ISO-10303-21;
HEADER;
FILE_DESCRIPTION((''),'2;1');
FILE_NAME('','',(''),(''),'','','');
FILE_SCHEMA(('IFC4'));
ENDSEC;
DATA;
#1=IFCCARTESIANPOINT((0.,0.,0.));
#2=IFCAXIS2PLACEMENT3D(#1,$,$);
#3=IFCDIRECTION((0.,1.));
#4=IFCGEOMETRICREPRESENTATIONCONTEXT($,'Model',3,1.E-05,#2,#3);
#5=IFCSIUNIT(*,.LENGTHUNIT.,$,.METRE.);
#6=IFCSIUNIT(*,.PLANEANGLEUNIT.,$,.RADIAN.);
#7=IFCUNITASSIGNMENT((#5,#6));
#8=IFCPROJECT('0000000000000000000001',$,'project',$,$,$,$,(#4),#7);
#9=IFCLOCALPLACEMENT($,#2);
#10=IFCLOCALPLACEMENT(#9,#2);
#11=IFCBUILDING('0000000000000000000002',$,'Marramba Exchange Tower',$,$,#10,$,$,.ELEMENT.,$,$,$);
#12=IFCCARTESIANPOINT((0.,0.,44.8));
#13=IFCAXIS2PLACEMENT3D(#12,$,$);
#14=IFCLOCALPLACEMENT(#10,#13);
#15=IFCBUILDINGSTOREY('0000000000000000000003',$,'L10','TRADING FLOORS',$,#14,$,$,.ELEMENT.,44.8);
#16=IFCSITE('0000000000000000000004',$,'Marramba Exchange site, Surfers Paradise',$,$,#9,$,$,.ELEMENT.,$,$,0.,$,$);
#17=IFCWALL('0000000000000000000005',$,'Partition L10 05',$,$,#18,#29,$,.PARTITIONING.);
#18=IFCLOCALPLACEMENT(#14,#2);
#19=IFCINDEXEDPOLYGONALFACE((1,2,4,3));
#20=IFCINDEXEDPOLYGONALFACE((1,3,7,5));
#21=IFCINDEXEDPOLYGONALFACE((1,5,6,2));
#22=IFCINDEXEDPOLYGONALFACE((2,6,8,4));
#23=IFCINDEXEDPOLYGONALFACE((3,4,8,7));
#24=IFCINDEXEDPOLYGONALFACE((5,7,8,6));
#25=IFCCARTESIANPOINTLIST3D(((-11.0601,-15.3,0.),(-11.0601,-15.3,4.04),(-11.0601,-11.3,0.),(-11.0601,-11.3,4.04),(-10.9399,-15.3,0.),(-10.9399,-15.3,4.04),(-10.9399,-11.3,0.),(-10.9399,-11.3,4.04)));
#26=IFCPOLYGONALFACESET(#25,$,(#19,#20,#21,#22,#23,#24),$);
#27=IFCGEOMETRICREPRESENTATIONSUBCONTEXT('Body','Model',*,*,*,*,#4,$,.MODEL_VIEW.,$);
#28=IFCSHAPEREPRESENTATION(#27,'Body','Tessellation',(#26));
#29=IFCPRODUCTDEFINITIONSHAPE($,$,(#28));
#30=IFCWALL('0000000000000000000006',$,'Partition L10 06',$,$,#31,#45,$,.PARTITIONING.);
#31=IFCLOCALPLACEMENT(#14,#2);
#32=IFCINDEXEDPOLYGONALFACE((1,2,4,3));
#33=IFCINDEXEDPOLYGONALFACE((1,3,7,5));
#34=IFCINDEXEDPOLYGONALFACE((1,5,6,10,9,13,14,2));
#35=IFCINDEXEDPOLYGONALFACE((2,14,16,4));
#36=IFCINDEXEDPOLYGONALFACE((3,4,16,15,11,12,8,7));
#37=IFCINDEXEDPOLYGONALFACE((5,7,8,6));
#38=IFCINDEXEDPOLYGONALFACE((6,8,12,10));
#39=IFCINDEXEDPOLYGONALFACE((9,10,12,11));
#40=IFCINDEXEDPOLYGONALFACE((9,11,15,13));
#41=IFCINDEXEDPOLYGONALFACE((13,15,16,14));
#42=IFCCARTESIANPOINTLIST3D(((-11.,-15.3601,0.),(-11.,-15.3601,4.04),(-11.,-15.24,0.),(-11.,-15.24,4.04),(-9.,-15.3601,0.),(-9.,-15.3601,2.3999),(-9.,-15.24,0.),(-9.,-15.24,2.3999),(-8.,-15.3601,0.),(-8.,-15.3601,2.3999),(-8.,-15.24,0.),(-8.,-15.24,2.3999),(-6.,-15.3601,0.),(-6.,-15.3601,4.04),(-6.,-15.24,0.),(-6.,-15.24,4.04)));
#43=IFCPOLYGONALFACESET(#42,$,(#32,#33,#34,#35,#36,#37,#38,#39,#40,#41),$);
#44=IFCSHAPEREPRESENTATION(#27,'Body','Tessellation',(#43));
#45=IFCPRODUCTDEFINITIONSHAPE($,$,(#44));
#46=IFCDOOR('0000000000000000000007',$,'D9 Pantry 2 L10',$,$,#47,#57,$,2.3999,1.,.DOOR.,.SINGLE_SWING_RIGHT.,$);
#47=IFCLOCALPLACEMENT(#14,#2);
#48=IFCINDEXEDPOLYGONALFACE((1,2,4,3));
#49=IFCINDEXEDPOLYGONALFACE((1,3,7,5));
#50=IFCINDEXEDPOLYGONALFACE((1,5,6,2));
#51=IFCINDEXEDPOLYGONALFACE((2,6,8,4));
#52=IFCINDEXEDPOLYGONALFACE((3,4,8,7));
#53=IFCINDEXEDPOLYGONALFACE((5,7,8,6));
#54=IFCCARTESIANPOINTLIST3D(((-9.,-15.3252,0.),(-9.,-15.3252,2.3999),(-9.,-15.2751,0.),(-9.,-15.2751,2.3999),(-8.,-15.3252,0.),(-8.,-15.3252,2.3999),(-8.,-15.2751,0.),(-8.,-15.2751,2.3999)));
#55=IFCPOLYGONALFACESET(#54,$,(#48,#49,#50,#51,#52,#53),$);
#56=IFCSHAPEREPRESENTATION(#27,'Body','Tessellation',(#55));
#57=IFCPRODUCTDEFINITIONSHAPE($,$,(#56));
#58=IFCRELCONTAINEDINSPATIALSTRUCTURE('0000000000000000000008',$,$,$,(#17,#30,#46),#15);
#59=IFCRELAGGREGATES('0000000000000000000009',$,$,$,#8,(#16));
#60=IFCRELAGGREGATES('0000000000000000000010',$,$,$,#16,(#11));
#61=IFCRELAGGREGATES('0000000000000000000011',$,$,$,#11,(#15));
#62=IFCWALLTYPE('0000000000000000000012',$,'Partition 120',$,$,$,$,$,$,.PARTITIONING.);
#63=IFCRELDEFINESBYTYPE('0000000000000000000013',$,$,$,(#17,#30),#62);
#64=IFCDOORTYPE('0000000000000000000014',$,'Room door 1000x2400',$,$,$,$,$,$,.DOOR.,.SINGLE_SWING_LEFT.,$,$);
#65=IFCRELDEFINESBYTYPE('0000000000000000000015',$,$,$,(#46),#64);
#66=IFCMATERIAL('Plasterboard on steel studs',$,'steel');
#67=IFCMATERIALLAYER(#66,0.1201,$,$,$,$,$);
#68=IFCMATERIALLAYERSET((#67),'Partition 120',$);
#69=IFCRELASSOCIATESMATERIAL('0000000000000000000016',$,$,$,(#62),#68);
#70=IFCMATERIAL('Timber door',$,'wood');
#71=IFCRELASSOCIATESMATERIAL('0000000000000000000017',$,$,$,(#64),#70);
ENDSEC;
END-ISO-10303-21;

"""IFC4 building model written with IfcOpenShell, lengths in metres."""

from ifc_helpers import new_model, si_unit, direction, frame, frame_2d, origin, place, context, subcontext, project, spatial, rectangle, extrude, material, layer, layer_set, type_object, element, fill, save


model = new_model("IFC4")

# Units and contexts
model_context = context("Model", 3, precision=1e-05, world=origin(), true_north=direction((0.0, 1.0)))
body_context = subcontext(model_context, "Body", "Model", "MODEL_VIEW")
ifc_project = project(units=[si_unit("LENGTHUNIT", "METRE"), si_unit("PLANEANGLEUNIT", "RADIAN")], contexts=[model_context])

# Site, building, storey
site_placement = place(None, origin())
site = spatial("IfcSite", under=ifc_project, at=site_placement, Name="Marramba Exchange site, Surfers Paradise", CompositionType="ELEMENT", RefElevation=0.0)
building_placement = place(site_placement, origin())
building = spatial("IfcBuilding", under=site, at=building_placement, Name="Marramba Exchange Tower", CompositionType="ELEMENT")
storey_placement = place(building_placement, frame((0.0, 0.0, 44.8)))
storey = spatial("IfcBuildingStorey", under=building, at=storey_placement, Name="L10", Description="TRADING FLOORS", CompositionType="ELEMENT", Elevation=44.8)

# Wall
ifc_material_1 = material(Name="Plasterboard on steel studs", Category="steel")
ifc_layer_1 = layer(ifc_material_1, 0.1201)
ifc_layer_set_1 = layer_set([ifc_layer_1], Name="Partition 120")
wall_type_1 = type_object("IfcWallType", Name="Partition 120", PredefinedType="PARTITIONING", material=ifc_layer_set_1)
wall_1_placement = place(storey_placement, frame((-11.0, -11.3, 0.0), z_axis=(0.0, 0.0, 1.0), x_axis=(0.0, -1.0, 0.0)))
element("IfcWall", 1, at=wall_1_placement, inside=storey, type_object=wall_type_1, Name="Partition L10 05", PredefinedType="PARTITIONING", context=body_context, shape_type="SweptSolid", body=[
    extrude(rectangle(XDim=4.0, YDim=0.1201, at=frame_2d((2.0, 0.0))), origin(), (0.0, 0.0, 1.0), 4.04),
])

# Wall, opening, door
wall_2_placement = place(storey_placement, frame((-11.0, -15.3, 0.0), z_axis=(0.0, 0.0, 1.0), x_axis=(1.0, 0.0, 0.0)))
wall_2 = element("IfcWall", 2, at=wall_2_placement, inside=storey, type_object=wall_type_1, Name="Partition L10 06", PredefinedType="PARTITIONING", context=body_context, shape_type="SweptSolid", body=[
    extrude(rectangle(XDim=5.0, YDim=0.1201, at=frame_2d((2.5, 0.0))), origin(), (0.0, 0.0, 1.0), 4.04),
])
opening_1_placement = place(wall_2_placement, frame((2.0, 0.0, 0.0)))
opening_1 = element("IfcOpeningElement", 3, at=opening_1_placement, cuts=wall_2, PredefinedType="OPENING", context=body_context, shape_type="SweptSolid", body=[
    extrude(rectangle(XDim=1.0, YDim=2.3999, at=frame_2d((0.5, 1.2))), frame((0.0, 0.0701, 0.0), z_axis=(0.0, -1.0, 0.0), x_axis=(1.0, 0.0, 0.0)), (0.0, 0.0, 1.0), 0.1401),
])
ifc_material_2 = material(Name="Timber door", Category="wood")
door_type_1 = type_object("IfcDoorType", Name="Room door 1000x2400", OperationType="SINGLE_SWING_LEFT", PredefinedType="DOOR", material=ifc_material_2)
door_1_placement = place(opening_1_placement, origin())
door_1 = element("IfcDoor", 4, at=door_1_placement, inside=storey, type_object=door_type_1, Name="D9 Pantry 2 L10", OperationType="SINGLE_SWING_RIGHT", OverallHeight=2.3999, OverallWidth=1.0, PredefinedType="DOOR", context=body_context, shape_type="SweptSolid", body=[
    extrude(rectangle(XDim=1.0, YDim=2.3999, at=frame_2d((0.5, 1.2))), frame((0.0, 0.0249, 0.0), z_axis=(0.0, -1.0, 0.0), x_axis=(1.0, 0.0, 0.0)), (0.0, 0.0, 1.0), 0.05),
])
fill(opening_1, door_1)

save(model, "model.ifc")
